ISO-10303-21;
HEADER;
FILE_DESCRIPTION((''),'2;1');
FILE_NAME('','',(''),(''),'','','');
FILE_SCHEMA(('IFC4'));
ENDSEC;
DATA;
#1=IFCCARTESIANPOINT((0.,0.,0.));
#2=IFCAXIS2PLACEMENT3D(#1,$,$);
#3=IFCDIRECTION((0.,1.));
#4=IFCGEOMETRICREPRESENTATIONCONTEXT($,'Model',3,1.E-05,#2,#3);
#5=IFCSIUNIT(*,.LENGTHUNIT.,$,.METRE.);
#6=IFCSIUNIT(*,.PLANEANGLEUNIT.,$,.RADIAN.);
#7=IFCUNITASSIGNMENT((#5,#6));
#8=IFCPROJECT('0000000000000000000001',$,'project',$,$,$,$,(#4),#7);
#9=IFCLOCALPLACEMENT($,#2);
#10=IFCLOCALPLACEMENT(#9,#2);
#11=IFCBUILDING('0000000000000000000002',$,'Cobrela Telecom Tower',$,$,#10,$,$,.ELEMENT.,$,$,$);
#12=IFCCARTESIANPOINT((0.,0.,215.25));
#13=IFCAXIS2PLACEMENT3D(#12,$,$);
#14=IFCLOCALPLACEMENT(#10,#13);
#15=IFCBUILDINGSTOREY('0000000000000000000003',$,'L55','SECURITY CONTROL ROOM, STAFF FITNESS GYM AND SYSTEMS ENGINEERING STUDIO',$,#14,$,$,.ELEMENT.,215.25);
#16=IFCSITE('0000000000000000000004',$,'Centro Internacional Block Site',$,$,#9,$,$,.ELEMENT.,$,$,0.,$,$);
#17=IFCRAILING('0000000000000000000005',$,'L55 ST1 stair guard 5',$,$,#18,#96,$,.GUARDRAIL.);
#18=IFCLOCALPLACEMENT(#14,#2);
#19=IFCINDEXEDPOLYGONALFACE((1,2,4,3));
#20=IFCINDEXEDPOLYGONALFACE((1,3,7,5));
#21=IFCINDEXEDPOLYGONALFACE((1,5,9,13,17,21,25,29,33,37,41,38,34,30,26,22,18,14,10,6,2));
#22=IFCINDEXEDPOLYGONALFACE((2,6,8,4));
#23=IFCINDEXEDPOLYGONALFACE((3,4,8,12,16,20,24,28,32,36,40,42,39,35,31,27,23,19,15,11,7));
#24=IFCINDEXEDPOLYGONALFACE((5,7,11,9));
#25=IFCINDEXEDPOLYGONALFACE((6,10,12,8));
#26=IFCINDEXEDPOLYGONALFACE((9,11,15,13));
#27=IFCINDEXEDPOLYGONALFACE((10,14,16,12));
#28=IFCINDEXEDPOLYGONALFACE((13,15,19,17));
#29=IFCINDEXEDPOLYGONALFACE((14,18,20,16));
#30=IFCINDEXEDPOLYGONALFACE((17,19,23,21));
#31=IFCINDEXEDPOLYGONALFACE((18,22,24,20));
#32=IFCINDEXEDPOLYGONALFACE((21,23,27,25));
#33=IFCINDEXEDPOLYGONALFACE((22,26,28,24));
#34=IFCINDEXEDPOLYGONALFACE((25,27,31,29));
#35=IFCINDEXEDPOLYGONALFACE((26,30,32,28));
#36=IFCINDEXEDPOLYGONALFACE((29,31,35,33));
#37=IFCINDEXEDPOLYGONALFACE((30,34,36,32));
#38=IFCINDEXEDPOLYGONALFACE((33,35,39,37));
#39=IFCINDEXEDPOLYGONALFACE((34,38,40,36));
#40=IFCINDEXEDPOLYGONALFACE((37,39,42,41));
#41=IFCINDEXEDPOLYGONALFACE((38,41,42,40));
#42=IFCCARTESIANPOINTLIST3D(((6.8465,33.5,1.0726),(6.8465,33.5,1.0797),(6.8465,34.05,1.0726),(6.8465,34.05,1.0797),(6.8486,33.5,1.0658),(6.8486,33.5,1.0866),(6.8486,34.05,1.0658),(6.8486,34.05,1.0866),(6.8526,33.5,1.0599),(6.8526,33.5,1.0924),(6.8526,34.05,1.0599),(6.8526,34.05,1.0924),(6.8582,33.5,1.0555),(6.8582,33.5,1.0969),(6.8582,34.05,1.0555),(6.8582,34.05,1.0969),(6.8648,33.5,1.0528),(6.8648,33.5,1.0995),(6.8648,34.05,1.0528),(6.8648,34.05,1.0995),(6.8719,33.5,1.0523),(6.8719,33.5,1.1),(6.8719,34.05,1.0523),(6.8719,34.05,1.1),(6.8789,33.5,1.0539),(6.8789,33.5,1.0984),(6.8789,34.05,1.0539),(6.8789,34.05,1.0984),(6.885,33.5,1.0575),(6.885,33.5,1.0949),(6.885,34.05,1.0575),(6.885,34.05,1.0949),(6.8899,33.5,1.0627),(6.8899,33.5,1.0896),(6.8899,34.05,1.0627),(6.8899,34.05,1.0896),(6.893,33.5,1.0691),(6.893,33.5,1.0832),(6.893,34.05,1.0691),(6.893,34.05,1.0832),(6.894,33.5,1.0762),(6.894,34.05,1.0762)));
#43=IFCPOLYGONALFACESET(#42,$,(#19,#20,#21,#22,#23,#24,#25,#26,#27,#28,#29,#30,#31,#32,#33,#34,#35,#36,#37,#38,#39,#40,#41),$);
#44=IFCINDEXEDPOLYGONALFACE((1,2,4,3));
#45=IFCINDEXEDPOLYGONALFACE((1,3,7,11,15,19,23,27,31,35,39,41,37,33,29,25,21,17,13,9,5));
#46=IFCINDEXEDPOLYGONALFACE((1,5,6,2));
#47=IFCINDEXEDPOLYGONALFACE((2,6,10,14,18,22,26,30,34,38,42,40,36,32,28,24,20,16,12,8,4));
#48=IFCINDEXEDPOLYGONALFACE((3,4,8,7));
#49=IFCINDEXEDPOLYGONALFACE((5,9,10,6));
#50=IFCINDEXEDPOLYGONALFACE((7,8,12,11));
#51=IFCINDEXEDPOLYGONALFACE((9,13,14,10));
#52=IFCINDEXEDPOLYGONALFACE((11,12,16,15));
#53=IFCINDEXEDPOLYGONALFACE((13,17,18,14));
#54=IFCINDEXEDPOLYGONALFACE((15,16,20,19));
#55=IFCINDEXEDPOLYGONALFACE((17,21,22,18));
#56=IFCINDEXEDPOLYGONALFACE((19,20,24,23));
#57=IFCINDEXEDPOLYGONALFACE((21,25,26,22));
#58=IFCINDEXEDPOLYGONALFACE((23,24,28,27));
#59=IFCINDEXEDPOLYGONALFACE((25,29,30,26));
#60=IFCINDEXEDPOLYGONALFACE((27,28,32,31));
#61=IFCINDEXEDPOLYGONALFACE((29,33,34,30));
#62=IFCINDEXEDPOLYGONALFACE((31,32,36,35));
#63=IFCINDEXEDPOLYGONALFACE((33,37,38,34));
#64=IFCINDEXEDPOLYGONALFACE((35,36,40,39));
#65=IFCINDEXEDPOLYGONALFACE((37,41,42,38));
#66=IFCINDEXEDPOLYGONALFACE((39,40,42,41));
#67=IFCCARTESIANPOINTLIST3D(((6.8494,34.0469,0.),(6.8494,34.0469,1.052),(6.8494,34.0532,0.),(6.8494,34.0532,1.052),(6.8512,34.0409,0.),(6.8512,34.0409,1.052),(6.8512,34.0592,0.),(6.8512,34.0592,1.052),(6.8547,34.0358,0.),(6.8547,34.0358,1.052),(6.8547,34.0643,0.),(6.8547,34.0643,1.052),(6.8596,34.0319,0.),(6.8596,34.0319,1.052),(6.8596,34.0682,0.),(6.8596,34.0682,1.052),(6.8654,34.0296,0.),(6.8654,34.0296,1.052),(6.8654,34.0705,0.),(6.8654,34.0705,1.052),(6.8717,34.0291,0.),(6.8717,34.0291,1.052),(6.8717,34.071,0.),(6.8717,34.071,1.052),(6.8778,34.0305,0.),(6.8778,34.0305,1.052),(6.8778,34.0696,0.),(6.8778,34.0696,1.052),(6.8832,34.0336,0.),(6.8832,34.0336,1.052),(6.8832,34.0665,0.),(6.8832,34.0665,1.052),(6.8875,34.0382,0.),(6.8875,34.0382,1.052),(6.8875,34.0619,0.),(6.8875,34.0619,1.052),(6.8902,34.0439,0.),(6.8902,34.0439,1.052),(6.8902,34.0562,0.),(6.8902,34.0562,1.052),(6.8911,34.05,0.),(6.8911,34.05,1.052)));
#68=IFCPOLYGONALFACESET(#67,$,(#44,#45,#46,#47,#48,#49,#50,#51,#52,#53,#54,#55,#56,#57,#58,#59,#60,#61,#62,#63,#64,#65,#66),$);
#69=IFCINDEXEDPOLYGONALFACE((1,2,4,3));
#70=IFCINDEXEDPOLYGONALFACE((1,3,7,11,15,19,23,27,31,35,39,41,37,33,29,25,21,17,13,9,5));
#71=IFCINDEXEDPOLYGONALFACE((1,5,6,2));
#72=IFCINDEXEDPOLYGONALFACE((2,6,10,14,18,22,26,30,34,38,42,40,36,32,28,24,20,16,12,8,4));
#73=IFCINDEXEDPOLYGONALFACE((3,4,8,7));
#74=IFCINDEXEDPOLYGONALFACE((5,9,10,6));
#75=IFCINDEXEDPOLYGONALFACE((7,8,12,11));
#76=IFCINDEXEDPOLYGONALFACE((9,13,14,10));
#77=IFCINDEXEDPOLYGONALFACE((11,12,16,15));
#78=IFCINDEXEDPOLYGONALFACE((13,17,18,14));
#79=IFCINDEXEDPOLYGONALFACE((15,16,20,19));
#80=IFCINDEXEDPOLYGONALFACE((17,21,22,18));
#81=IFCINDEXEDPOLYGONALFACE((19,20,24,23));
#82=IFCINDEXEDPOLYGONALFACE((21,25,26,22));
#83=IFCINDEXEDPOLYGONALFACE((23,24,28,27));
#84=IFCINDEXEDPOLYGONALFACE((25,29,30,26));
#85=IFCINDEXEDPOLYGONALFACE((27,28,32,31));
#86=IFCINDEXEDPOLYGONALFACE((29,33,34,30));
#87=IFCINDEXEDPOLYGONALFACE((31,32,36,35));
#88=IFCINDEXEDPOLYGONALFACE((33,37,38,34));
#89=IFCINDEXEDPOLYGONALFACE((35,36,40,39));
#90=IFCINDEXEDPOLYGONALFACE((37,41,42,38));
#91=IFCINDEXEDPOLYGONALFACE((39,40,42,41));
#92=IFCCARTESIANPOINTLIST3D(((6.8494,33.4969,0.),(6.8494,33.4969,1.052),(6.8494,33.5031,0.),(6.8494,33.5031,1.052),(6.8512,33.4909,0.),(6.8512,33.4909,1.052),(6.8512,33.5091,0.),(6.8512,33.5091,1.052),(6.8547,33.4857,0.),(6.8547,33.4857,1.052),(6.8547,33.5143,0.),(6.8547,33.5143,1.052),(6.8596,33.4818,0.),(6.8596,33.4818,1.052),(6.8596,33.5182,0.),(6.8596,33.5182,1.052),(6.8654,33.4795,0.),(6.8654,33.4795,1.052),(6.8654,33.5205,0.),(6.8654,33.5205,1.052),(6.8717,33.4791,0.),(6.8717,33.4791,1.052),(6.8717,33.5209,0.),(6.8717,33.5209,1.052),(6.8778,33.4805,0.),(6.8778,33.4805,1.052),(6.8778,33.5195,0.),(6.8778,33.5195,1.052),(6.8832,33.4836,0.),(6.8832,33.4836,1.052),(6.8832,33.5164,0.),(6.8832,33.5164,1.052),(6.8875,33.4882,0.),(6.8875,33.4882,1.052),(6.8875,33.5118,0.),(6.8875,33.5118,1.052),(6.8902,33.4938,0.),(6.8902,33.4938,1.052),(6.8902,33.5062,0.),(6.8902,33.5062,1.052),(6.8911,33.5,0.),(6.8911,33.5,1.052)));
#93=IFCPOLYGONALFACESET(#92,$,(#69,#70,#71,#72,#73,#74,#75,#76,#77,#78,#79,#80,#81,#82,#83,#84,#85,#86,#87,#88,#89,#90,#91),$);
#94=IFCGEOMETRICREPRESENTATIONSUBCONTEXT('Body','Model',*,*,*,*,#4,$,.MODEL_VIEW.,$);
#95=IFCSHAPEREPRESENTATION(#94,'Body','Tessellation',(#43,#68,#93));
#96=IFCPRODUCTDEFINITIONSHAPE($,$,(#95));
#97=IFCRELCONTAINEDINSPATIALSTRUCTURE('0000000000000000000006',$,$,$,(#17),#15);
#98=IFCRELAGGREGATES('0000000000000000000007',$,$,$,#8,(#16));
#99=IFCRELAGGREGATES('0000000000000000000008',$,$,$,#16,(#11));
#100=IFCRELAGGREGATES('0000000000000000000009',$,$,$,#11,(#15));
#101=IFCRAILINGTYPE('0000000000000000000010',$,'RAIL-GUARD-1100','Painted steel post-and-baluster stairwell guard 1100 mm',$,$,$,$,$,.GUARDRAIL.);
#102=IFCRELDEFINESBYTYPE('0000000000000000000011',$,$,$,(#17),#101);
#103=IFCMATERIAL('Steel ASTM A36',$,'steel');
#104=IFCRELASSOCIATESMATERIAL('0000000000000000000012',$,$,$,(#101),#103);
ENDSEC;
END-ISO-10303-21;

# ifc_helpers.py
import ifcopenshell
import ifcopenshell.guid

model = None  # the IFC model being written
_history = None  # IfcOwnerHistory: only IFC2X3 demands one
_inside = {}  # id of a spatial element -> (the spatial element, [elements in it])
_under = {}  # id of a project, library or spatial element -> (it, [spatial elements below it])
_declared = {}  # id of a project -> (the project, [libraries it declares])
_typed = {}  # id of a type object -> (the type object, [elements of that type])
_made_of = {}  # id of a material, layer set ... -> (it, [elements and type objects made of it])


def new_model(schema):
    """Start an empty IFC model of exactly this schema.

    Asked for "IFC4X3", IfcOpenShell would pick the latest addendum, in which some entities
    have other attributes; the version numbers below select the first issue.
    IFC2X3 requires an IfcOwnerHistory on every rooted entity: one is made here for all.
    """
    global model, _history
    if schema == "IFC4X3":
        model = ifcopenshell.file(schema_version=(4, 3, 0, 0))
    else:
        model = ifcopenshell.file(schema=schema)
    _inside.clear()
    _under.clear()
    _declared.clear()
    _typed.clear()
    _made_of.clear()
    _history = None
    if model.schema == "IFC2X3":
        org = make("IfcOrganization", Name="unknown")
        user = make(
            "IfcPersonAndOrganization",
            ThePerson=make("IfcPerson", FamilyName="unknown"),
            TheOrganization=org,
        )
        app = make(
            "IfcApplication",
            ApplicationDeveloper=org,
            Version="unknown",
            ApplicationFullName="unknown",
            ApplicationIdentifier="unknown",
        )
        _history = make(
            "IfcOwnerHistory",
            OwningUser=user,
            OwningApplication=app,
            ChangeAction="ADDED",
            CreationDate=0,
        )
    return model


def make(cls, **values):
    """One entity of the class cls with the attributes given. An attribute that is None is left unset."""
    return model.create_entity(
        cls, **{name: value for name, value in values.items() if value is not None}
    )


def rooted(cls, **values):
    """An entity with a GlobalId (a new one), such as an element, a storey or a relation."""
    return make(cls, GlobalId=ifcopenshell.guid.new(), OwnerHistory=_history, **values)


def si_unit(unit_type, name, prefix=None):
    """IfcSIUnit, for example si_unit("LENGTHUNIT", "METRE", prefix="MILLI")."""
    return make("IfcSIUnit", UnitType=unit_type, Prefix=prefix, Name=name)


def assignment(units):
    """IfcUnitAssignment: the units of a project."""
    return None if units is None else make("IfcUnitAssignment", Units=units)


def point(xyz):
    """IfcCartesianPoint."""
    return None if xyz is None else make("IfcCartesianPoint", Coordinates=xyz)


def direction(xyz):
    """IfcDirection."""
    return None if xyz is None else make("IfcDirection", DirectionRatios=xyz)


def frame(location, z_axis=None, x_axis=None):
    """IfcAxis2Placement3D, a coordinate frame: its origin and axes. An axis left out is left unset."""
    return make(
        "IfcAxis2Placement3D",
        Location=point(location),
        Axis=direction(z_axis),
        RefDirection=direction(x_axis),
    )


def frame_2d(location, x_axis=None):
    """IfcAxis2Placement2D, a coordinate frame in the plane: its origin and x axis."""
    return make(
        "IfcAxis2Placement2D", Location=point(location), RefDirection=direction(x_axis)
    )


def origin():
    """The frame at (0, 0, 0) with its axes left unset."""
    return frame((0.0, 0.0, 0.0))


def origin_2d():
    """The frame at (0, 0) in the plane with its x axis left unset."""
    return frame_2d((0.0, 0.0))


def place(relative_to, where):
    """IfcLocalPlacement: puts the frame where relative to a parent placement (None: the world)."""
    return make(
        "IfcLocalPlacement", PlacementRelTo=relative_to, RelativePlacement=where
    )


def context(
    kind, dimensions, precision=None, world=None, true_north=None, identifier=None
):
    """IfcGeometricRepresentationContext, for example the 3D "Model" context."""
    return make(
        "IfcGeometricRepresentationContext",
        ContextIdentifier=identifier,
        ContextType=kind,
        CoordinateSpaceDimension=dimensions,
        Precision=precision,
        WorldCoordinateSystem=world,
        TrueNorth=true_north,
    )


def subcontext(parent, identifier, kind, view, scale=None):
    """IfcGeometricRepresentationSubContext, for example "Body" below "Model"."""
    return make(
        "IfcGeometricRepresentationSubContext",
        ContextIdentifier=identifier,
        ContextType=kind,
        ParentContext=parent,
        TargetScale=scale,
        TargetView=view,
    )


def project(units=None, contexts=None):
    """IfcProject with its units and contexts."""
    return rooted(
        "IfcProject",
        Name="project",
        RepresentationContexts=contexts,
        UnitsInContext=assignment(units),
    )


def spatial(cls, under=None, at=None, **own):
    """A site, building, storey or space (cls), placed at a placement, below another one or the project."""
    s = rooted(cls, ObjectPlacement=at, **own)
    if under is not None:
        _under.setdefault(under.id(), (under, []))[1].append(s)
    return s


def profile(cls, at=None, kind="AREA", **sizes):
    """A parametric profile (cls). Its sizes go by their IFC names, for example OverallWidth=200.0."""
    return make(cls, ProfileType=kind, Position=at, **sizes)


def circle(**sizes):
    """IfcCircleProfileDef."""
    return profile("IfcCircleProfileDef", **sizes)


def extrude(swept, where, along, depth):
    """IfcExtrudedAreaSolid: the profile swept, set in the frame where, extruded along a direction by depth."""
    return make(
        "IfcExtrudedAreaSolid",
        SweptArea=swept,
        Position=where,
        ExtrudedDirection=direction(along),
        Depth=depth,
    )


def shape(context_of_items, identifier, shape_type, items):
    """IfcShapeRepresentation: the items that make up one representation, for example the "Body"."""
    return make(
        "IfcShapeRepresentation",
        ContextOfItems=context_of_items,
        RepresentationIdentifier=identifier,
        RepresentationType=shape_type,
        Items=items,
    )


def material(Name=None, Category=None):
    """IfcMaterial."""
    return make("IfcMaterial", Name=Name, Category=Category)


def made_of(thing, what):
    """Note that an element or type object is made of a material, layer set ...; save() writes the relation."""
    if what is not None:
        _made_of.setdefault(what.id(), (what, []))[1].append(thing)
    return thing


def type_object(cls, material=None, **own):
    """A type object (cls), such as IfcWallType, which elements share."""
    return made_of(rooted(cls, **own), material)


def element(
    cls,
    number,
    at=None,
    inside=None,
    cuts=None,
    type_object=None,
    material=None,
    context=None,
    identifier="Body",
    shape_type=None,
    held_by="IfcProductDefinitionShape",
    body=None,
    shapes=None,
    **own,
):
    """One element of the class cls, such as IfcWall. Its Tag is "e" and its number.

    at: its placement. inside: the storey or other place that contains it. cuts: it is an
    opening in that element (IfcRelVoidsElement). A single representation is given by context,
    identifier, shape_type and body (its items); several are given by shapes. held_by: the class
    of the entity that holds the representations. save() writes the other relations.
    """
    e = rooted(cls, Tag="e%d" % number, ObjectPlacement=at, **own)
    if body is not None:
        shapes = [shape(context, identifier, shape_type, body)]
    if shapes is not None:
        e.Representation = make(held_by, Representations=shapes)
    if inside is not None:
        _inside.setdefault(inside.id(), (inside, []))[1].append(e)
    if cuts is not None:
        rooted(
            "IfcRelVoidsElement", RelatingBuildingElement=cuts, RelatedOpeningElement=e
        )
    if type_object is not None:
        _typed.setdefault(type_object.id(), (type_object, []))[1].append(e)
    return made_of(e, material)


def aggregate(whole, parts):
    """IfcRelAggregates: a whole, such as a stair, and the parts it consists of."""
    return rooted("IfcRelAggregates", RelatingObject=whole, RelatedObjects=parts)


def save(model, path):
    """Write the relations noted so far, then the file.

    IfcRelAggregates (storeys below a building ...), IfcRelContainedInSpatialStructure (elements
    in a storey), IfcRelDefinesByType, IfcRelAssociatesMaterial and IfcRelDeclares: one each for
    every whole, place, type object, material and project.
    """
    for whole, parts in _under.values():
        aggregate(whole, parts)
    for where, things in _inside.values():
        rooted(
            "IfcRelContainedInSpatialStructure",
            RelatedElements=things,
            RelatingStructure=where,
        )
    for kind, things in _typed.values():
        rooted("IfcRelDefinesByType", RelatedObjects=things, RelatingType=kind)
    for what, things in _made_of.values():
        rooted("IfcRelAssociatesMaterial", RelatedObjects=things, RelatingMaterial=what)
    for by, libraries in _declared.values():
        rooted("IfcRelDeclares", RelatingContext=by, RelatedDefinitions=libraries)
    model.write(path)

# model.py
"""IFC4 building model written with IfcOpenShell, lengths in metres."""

from ifc_helpers import new_model, si_unit, direction, frame, origin, origin_2d, place, context, subcontext, project, spatial, circle, extrude, material, type_object, element, save


model = new_model("IFC4")

# Units and contexts
model_context = context("Model", 3, precision=1e-05, world=origin(), true_north=direction((0.0, 1.0)))
body_context = subcontext(model_context, "Body", "Model", "MODEL_VIEW")
ifc_project = project(units=[si_unit("LENGTHUNIT", "METRE"), si_unit("PLANEANGLEUNIT", "RADIAN")], contexts=[model_context])

# Site, building, storey
site_placement = place(None, origin())
site = spatial("IfcSite", under=ifc_project, at=site_placement, Name="Centro Internacional Block Site", CompositionType="ELEMENT", RefElevation=0.0)
building_placement = place(site_placement, origin())
building = spatial("IfcBuilding", under=site, at=building_placement, Name="Cobrela Telecom Tower", CompositionType="ELEMENT")
storey_placement = place(building_placement, frame((0.0, 0.0, 215.25)))
storey = spatial("IfcBuildingStorey", under=building, at=storey_placement, Name="L55", Description="SECURITY CONTROL ROOM, STAFF FITNESS GYM AND SYSTEMS ENGINEERING STUDIO", CompositionType="ELEMENT", Elevation=215.25)

# Shared definitions
ifc_material_1 = material(Name="Steel ASTM A36", Category="steel")

# Railing
railing_type_1 = type_object("IfcRailingType", Name="RAIL-GUARD-1100", Description="Painted steel post-and-baluster stairwell guard 1100 mm", PredefinedType="GUARDRAIL", material=ifc_material_1)
railing_1_placement = place(storey_placement, frame((6.8701, 34.05, 0.0)))
element("IfcRailing", 1, at=railing_1_placement, inside=storey, type_object=railing_type_1, Name="L55 ST1 stair guard 5", PredefinedType="GUARDRAIL", context=body_context, shape_type="SweptSolid", body=[
    extrude(circle(Radius=0.0239, at=origin_2d()), frame((0.0, 0.0, 1.0762), z_axis=(0.0, -1.0, 0.0), x_axis=(1.0, 0.0, 0.0)), (0.0, 0.0, 1.0), 0.55),
    extrude(circle(Radius=0.021, at=origin_2d()), origin(), (0.0, 0.0, 1.0), 1.052),
    extrude(circle(Radius=0.021, at=origin_2d()), frame((0.0, -0.55, 0.0)), (0.0, 0.0, 1.0), 1.052),
])

save(model, "model.ifc")
